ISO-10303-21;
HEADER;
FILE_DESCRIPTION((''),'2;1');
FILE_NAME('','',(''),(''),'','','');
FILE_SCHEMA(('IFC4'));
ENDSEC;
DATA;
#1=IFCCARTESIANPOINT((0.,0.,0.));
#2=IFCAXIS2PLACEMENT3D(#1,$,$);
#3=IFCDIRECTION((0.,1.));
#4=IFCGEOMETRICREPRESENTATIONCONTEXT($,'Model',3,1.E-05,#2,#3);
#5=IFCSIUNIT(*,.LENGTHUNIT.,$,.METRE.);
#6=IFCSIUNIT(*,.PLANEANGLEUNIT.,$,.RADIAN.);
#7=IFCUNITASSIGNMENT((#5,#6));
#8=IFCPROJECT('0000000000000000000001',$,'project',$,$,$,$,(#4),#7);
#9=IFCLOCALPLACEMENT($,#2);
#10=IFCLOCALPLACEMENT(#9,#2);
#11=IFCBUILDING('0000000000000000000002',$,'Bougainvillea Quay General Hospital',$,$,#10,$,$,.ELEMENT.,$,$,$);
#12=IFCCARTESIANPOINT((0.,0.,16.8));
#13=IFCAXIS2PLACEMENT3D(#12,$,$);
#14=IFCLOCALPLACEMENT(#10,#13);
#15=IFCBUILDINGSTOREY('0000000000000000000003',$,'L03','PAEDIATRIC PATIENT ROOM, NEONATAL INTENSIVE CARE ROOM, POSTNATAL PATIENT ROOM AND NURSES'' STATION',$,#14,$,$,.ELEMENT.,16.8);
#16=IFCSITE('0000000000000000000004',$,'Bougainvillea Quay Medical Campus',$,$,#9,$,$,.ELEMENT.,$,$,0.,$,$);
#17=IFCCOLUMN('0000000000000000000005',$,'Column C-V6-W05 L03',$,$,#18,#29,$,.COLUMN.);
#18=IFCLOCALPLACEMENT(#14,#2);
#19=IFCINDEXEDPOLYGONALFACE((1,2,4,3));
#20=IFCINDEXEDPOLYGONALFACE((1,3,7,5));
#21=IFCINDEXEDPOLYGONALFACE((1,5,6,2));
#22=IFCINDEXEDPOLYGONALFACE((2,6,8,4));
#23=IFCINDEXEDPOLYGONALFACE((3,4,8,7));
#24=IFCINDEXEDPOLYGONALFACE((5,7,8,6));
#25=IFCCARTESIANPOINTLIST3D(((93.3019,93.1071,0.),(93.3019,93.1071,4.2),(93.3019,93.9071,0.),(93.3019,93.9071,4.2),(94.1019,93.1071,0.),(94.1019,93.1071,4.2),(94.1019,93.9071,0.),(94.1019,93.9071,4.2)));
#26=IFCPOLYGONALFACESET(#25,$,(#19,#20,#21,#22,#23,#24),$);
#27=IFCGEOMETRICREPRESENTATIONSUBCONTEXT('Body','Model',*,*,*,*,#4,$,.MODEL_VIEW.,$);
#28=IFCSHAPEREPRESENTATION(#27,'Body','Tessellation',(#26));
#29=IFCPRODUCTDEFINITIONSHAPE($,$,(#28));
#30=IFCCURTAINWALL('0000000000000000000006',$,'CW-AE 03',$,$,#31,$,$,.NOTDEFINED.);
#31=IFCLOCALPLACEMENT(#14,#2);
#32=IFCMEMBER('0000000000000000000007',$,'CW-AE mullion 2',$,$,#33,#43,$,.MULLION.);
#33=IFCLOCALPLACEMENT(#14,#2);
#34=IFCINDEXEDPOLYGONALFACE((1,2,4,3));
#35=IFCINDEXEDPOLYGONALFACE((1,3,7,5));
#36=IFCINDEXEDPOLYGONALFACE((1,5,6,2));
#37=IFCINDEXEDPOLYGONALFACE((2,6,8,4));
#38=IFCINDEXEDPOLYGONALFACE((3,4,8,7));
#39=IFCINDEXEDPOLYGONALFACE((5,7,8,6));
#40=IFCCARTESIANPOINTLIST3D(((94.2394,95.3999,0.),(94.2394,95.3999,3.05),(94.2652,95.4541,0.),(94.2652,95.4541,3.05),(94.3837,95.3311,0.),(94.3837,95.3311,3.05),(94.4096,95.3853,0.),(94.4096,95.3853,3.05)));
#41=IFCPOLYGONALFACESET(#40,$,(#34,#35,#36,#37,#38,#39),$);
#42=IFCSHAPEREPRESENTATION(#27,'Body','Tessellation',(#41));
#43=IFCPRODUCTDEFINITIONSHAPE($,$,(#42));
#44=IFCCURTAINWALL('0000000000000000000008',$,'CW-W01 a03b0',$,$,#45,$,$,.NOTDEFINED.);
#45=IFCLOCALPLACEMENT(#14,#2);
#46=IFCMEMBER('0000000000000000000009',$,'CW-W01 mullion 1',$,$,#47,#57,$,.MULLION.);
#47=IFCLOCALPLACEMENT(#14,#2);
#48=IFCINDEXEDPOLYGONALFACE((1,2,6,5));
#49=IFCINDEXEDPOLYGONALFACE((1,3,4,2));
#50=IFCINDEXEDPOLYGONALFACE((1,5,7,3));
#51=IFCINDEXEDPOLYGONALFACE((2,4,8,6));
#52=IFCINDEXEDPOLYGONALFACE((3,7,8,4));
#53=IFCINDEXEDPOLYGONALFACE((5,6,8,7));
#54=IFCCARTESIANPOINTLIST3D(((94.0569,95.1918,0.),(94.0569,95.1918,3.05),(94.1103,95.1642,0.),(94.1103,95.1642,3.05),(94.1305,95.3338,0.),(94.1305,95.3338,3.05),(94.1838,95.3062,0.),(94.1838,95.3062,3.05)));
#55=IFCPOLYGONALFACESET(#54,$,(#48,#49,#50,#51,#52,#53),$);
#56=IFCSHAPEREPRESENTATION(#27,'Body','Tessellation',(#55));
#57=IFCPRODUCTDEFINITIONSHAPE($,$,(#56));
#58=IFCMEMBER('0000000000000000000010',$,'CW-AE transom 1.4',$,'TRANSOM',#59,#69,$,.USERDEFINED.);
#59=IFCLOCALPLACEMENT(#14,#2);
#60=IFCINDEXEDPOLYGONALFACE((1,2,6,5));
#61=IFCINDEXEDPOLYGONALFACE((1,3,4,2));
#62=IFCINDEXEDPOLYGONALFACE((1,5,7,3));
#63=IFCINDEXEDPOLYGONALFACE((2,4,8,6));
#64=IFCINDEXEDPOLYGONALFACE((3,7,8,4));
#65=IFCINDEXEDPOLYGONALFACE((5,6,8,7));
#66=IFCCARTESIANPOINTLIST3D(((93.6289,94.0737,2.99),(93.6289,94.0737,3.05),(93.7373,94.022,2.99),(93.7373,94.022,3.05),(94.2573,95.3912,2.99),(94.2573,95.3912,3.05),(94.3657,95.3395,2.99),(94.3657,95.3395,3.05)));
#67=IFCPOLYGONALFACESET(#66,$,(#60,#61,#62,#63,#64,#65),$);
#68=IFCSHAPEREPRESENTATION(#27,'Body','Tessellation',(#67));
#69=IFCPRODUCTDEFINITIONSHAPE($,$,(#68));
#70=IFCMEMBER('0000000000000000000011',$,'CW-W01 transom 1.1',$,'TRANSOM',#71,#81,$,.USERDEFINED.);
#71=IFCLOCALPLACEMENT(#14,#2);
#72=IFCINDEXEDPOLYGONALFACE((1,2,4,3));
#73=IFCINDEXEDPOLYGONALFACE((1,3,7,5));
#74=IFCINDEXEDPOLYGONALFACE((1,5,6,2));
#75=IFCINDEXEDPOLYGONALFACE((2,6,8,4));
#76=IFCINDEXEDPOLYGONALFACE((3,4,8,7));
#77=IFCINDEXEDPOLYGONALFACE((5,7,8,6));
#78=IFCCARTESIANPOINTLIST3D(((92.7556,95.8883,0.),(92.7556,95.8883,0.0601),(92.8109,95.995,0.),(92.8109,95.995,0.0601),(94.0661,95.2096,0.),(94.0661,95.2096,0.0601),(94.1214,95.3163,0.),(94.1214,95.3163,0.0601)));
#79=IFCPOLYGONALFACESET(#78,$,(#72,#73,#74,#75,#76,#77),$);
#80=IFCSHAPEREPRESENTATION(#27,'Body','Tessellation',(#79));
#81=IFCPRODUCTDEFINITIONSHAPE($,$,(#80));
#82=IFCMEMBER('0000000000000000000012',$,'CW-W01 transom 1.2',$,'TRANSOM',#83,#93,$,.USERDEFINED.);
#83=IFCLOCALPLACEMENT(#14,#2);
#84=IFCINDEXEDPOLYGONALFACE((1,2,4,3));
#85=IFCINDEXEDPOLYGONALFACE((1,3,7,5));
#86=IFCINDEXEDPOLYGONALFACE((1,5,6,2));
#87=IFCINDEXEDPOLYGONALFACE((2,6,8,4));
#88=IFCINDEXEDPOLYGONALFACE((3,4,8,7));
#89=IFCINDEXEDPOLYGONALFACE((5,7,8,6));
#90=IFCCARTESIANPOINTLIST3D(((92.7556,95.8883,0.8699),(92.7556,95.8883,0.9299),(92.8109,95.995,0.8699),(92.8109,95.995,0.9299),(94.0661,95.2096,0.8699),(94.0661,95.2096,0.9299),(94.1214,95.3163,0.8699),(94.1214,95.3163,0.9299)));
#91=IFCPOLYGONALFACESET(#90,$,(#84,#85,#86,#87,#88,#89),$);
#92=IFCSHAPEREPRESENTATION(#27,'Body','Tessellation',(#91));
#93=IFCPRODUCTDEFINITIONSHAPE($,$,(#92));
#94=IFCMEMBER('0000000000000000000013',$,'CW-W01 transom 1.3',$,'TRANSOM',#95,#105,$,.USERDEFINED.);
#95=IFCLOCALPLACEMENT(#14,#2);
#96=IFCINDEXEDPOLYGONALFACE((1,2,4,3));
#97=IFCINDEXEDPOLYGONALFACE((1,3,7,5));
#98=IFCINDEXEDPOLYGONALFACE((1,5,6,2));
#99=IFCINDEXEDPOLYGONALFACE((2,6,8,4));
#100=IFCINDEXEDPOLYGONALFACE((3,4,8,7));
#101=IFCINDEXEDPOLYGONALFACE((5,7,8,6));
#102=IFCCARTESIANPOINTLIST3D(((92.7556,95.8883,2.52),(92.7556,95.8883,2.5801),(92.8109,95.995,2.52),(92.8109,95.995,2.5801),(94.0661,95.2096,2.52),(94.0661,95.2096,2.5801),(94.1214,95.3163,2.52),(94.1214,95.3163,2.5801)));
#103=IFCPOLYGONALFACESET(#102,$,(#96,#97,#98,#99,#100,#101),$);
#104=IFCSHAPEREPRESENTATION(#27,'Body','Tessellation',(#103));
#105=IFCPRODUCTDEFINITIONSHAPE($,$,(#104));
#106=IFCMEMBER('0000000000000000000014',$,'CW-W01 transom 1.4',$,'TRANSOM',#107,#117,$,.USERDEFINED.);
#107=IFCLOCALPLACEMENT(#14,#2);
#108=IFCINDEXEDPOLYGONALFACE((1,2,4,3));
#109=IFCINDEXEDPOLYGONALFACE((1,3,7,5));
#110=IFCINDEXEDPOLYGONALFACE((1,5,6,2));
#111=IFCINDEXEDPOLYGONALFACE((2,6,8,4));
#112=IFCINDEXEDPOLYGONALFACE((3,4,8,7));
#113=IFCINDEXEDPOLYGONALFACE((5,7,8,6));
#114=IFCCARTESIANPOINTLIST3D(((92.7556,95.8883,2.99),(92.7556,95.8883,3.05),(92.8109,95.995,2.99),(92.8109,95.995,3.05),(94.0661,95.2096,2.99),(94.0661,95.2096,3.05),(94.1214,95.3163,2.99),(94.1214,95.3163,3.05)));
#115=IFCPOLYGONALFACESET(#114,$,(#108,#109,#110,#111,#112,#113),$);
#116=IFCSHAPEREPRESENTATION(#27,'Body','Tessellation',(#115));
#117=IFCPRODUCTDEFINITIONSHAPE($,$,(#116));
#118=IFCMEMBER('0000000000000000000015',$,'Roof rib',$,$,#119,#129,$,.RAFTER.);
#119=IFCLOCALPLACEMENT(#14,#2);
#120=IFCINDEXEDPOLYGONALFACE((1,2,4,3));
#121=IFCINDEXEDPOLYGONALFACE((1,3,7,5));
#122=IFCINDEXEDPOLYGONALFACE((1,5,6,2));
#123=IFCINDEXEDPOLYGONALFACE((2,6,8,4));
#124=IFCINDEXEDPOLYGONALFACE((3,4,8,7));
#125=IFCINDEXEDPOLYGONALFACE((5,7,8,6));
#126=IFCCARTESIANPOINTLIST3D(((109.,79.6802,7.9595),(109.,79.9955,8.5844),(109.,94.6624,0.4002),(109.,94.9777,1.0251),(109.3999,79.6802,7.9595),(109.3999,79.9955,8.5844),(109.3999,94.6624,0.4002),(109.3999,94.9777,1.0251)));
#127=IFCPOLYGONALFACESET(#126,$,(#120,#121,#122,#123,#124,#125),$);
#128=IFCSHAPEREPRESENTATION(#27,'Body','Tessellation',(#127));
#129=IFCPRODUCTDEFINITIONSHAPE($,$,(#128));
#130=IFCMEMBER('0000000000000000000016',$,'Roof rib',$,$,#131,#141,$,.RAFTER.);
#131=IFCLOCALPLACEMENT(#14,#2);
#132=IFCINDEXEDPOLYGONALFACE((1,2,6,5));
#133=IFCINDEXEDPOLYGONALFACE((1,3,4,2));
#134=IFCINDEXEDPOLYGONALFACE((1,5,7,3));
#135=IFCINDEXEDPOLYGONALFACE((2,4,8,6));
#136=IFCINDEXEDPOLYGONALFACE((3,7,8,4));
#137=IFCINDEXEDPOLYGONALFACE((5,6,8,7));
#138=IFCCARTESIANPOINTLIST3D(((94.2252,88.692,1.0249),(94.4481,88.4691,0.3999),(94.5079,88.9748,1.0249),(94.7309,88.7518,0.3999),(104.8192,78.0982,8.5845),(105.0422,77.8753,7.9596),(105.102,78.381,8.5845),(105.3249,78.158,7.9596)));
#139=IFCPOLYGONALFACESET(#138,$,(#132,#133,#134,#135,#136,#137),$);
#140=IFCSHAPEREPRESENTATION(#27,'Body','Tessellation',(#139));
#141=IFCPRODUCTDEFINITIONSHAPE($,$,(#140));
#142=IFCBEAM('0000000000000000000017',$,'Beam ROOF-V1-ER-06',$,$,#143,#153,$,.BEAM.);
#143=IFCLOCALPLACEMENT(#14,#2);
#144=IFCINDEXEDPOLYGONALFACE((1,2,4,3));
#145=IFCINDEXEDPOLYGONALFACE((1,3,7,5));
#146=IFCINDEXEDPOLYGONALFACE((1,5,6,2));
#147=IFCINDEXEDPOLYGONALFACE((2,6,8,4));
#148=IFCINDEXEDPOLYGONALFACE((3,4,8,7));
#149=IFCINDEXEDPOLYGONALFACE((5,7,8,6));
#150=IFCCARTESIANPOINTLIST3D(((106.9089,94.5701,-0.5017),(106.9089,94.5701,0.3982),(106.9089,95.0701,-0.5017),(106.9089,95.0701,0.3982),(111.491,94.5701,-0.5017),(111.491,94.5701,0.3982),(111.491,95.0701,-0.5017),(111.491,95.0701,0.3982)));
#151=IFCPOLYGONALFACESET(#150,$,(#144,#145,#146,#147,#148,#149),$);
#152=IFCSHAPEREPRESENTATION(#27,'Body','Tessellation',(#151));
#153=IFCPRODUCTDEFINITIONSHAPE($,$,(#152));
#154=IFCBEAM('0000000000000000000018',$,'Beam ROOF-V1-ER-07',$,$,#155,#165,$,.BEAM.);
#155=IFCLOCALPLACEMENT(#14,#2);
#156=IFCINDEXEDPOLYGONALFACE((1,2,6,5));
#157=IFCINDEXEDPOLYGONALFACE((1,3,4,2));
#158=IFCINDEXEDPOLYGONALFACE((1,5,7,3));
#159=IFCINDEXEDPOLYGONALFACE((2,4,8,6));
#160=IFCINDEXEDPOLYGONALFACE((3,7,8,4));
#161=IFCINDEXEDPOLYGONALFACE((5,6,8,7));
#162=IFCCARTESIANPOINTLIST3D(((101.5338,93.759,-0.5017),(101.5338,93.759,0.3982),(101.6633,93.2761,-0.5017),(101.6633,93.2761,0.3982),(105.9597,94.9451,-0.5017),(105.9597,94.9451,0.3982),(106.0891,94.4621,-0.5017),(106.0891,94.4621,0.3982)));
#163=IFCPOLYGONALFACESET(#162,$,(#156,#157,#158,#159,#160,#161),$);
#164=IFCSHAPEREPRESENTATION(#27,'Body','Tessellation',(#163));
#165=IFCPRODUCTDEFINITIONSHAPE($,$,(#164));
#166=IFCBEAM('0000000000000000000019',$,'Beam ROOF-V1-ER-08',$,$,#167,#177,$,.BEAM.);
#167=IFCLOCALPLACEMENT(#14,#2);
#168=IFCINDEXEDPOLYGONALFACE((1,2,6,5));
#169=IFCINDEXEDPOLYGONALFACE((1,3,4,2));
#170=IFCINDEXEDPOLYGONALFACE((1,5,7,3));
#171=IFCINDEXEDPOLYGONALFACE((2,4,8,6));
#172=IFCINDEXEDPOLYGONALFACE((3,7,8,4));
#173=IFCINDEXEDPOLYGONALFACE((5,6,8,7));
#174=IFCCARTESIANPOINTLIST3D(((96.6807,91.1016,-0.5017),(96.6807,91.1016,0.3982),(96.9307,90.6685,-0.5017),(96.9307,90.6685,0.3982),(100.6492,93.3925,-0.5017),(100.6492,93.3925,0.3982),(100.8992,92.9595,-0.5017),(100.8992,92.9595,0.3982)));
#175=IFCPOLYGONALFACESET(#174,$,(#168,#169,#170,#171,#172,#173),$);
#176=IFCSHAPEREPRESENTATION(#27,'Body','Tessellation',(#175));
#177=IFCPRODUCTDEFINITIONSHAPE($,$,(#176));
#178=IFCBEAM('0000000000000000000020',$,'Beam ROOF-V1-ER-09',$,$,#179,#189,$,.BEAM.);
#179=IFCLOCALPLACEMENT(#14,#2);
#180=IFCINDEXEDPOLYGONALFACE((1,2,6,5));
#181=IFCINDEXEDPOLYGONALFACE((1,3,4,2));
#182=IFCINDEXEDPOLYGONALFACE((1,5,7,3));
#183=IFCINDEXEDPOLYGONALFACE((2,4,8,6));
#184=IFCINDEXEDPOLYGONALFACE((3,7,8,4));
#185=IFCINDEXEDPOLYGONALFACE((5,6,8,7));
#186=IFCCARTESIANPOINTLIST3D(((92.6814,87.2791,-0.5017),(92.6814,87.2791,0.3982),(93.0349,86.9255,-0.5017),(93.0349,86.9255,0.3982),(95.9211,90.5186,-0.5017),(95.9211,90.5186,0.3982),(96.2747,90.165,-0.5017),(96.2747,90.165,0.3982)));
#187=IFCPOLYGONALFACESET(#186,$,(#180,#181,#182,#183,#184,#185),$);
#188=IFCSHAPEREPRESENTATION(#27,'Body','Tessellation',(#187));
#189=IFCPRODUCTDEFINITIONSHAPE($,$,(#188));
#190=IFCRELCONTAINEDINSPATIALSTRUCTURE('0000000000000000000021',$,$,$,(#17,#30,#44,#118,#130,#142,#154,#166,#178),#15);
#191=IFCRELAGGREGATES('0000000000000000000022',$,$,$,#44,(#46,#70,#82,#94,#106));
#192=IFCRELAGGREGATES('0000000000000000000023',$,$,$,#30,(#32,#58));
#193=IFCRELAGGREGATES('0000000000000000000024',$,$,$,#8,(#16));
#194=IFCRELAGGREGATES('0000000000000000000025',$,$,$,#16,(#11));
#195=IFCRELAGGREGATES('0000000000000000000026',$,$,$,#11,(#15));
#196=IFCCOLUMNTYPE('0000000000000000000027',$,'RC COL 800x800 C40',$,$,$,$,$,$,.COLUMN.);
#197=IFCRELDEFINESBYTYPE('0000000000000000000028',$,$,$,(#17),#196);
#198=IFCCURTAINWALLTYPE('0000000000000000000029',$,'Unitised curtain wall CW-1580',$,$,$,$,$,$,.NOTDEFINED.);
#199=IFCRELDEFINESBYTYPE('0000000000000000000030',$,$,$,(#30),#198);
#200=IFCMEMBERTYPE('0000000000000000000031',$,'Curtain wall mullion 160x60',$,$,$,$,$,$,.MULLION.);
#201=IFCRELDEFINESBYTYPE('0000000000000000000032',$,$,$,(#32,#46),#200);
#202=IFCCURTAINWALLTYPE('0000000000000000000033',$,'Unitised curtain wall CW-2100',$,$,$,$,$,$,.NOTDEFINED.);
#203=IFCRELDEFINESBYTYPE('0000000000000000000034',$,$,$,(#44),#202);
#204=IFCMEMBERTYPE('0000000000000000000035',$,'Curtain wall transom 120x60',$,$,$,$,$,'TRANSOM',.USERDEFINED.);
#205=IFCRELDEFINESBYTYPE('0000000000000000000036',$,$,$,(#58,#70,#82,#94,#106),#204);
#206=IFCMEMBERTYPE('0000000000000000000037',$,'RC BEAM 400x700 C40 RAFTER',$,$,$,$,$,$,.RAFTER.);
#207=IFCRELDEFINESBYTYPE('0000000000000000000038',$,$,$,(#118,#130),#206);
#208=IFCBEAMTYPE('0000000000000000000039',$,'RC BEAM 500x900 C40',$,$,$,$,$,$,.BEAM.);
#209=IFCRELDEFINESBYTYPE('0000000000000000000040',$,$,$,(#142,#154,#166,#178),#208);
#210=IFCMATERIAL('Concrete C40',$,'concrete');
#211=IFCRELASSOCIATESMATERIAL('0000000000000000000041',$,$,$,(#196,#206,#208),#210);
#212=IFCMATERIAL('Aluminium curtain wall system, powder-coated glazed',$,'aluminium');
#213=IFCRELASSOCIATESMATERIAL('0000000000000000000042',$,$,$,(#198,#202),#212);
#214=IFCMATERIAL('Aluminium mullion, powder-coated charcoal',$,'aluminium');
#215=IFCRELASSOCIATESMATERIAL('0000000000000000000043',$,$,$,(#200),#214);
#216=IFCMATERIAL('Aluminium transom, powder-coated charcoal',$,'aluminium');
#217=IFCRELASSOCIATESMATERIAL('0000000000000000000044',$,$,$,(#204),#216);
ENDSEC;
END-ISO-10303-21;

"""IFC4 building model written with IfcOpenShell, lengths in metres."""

from ifc_helpers import new_model, si_unit, direction, frame, origin, origin_2d, place, context, subcontext, project, spatial, rectangle, extrude, material, material_profile, profile_set, type_object, element, aggregate, save


model = new_model("IFC4")

# Units and contexts
model_context = context("Model", 3, precision=1e-05, world=origin(), true_north=direction((0.0, 1.0)))
body_context = subcontext(model_context, "Body", "Model", "MODEL_VIEW")
ifc_project = project(units=[si_unit("LENGTHUNIT", "METRE"), si_unit("PLANEANGLEUNIT", "RADIAN")], contexts=[model_context])

# Site, building, storey
site_placement = place(None, origin())
site = spatial("IfcSite", under=ifc_project, at=site_placement, Name="Bougainvillea Quay Medical Campus", CompositionType="ELEMENT", RefElevation=0.0)
building_placement = place(site_placement, origin())
building = spatial("IfcBuilding", under=site, at=building_placement, Name="Bougainvillea Quay General Hospital", CompositionType="ELEMENT")
storey_placement = place(building_placement, frame((0.0, 0.0, 16.8)))
storey = spatial("IfcBuildingStorey", under=building, at=storey_placement, Name="L03", Description="PAEDIATRIC PATIENT ROOM, NEONATAL INTENSIVE CARE ROOM, POSTNATAL PATIENT ROOM AND NURSES' STATION", CompositionType="ELEMENT", Elevation=16.8)

# Column
ifc_material_1 = material(Name="Concrete C40", Category="concrete")
ifc_material_profile_1 = material_profile(ifc_material_1, rectangle(XDim=0.8, YDim=0.8, at=origin_2d()))
ifc_profile_set_1 = profile_set([ifc_material_profile_1], Name="Concrete C40")
column_type = type_object("IfcColumnType", Name="RC COL 800x800 C40", PredefinedType="COLUMN", material=ifc_profile_set_1)
column_placement = place(storey_placement, frame((93.7019, 93.5071, 0.0), z_axis=(0.0, 0.0, 1.0), x_axis=(1.0, 0.0, 0.0)))
element("IfcColumn", 1, at=column_placement, inside=storey, type_object=column_type, Name="Column C-V6-W05 L03", PredefinedType="COLUMN", context=body_context, shape_type="SweptSolid", body=[
    extrude(rectangle(XDim=0.8, YDim=0.8, at=origin_2d()), origin(), (0.0, 0.0, 1.0), 4.2),
])

# Curtain walls, members
ifc_material_2 = material(Name="Aluminium curtain wall system, powder-coated glazed", Category="aluminium")
curtain_wall_type_1 = type_object("IfcCurtainWallType", Name="Unitised curtain wall CW-1580", PredefinedType="NOTDEFINED", material=ifc_material_2)
curtain_wall_1_placement = place(storey_placement, origin())
curtain_wall_1 = element("IfcCurtainWall", 2, at=curtain_wall_1_placement, inside=storey, type_object=curtain_wall_type_1, Name="CW-AE 03", PredefinedType="NOTDEFINED")
ifc_material_3 = material(Name="Aluminium mullion, powder-coated charcoal", Category="aluminium")
ifc_material_profile_2 = material_profile(ifc_material_3, rectangle(XDim=0.1599, YDim=0.0601, at=origin_2d()))
ifc_profile_set_2 = profile_set([ifc_material_profile_2], Name="Aluminium mullion, powder-coated charcoal")
member_type_1 = type_object("IfcMemberType", Name="Curtain wall mullion 160x60", PredefinedType="MULLION", material=ifc_profile_set_2)
member_1_placement = place(storey_placement, frame((94.3245, 95.3926, 0.0), z_axis=(0.0, 0.0, 1.0), x_axis=(-0.902578, 0.430525, 0.0)))
member_1 = element("IfcMember", 3, at=member_1_placement, type_object=member_type_1, Name="CW-AE mullion 2", PredefinedType="MULLION", context=body_context, shape_type="SweptSolid", body=[
    extrude(rectangle(XDim=0.1599, YDim=0.0601, at=origin_2d()), origin(), (0.0, 0.0, 1.0), 3.05),
])
curtain_wall_type_2 = type_object("IfcCurtainWallType", Name="Unitised curtain wall CW-2100", PredefinedType="NOTDEFINED", material=ifc_material_2)
curtain_wall_2_placement = place(storey_placement, origin())
curtain_wall_2 = element("IfcCurtainWall", 4, at=curtain_wall_2_placement, inside=storey, type_object=curtain_wall_type_2, Name="CW-W01 a03b0", PredefinedType="NOTDEFINED")
member_2_placement = place(storey_placement, frame((94.1204, 95.249, 0.0), z_axis=(0.0, 0.0, 1.0), x_axis=(-0.459924, -0.887958, 0.0)))
member_2 = element("IfcMember", 5, at=member_2_placement, type_object=member_type_1, Name="CW-W01 mullion 1", PredefinedType="MULLION", context=body_context, shape_type="SweptSolid", body=[
    extrude(rectangle(XDim=0.1599, YDim=0.0601, at=origin_2d()), origin(), (0.0, 0.0, 1.0), 3.05),
])

# Members
ifc_material_4 = material(Name="Aluminium transom, powder-coated charcoal", Category="aluminium")
ifc_material_profile_3 = material_profile(ifc_material_4, rectangle(XDim=0.1201, YDim=0.0601, at=origin_2d()))
ifc_profile_set_3 = profile_set([ifc_material_profile_3], Name="Aluminium transom, powder-coated charcoal")
member_type_2 = type_object("IfcMemberType", Name="Curtain wall transom 120x60", ElementType="TRANSOM", PredefinedType="USERDEFINED", material=ifc_profile_set_3)
member_3_placement = place(storey_placement, frame((93.6831, 94.0479, 3.02), z_axis=(0.430479, 0.902601, 0.0), x_axis=(-0.902601, 0.430479, 0.0)))
member_3 = element("IfcMember", 6, at=member_3_placement, type_object=member_type_2, Name="CW-AE transom 1.4", ObjectType="TRANSOM", PredefinedType="USERDEFINED", context=body_context, shape_type="SweptSolid", body=[
    extrude(rectangle(XDim=0.1201, YDim=0.0601, at=origin_2d()), origin(), (0.0, 0.0, 1.0), 1.4597),
])
member_4_placement = place(storey_placement, frame((94.0938, 95.2629, 0.03), z_axis=(-0.887985, 0.459873, 0.0), x_axis=(-0.459873, -0.887985, 0.0)))
member_4 = element("IfcMember", 7, at=member_4_placement, type_object=member_type_2, Name="CW-W01 transom 1.1", ObjectType="TRANSOM", PredefinedType="USERDEFINED", context=body_context, shape_type="SweptSolid", body=[
    extrude(rectangle(XDim=0.1201, YDim=0.0601, at=origin_2d()), origin(), (0.0, 0.0, 1.0), 1.4758),
])
member_5_placement = place(storey_placement, frame((94.0938, 95.2629, 0.8999), z_axis=(-0.887985, 0.459873, 0.0), x_axis=(-0.459873, -0.887985, 0.0)))
member_5 = element("IfcMember", 8, at=member_5_placement, type_object=member_type_2, Name="CW-W01 transom 1.2", ObjectType="TRANSOM", PredefinedType="USERDEFINED", context=body_context, shape_type="SweptSolid", body=[
    extrude(rectangle(XDim=0.1201, YDim=0.0601, at=origin_2d()), origin(), (0.0, 0.0, 1.0), 1.4758),
])
member_6_placement = place(storey_placement, frame((94.0938, 95.2629, 2.55), z_axis=(-0.887985, 0.459873, 0.0), x_axis=(-0.459873, -0.887985, 0.0)))
member_6 = element("IfcMember", 9, at=member_6_placement, type_object=member_type_2, Name="CW-W01 transom 1.3", ObjectType="TRANSOM", PredefinedType="USERDEFINED", context=body_context, shape_type="SweptSolid", body=[
    extrude(rectangle(XDim=0.1201, YDim=0.0601, at=origin_2d()), origin(), (0.0, 0.0, 1.0), 1.4758),
])
member_7_placement = place(storey_placement, frame((94.0938, 95.2629, 3.02), z_axis=(-0.887985, 0.459873, 0.0), x_axis=(-0.459873, -0.887985, 0.0)))
member_7 = element("IfcMember", 10, at=member_7_placement, type_object=member_type_2, Name="CW-W01 transom 1.4", ObjectType="TRANSOM", PredefinedType="USERDEFINED", context=body_context, shape_type="SweptSolid", body=[
    extrude(rectangle(XDim=0.1201, YDim=0.0601, at=origin_2d()), origin(), (0.0, 0.0, 1.0), 1.4758),
])
aggregate(curtain_wall_2, [member_2, member_4, member_5, member_6, member_7])

# Members
ifc_material_profile_4 = material_profile(ifc_material_1, rectangle(XDim=0.3999, YDim=0.7, at=origin_2d()))
ifc_profile_set_4 = profile_set([ifc_material_profile_4], Name="Concrete C40")
member_type_3 = type_object("IfcMemberType", Name="RC BEAM 400x700 C40 RAFTER", PredefinedType="RAFTER", material=ifc_profile_set_4)
for number, where, z_axis, x_axis, name in (
    (11, (109.2, 94.8201, 0.7126), (0.0, -0.892795, 0.450464), (1.0, 0.0, 0.0), "Roof rib"),
    (12, (94.478, 88.7219, 0.7124), (0.631303, -0.631288, 0.45048), (0.707099, 0.707115, 0.0), "Roof rib"),
):
    element("IfcMember", number, at=place(storey_placement, frame(where, z_axis=z_axis, x_axis=x_axis)), inside=storey, type_object=member_type_3, Name=name, PredefinedType="RAFTER", context=body_context, shape_type="SweptSolid", body=[
        extrude(rectangle(XDim=0.3999, YDim=0.7, at=origin_2d()), origin(), (0.0, 0.0, 1.0), 16.7812),
    ])

# Beams
ifc_material_profile_5 = material_profile(ifc_material_1, rectangle(XDim=0.5, YDim=0.8999, at=origin_2d()))
ifc_profile_set_5 = profile_set([ifc_material_profile_5], Name="Concrete C40")
beam_type = type_object("IfcBeamType", Name="RC BEAM 500x900 C40", PredefinedType="BEAM", material=ifc_profile_set_5)
for number, where, z_axis, x_axis, name in (
    (13, (111.491, 94.8201, -0.0518), (-1.0, 0.0, 0.0), (0.0, -1.0, 0.0), "Beam ROOF-V1-ER-06"),
    (14, (106.0244, 94.7036, -0.0518), (-0.965918, -0.25885, 0.0), (0.25885, -0.965918, 0.0), "Beam ROOF-V1-ER-07"),
):
    element("IfcBeam", number, at=place(storey_placement, frame(where, z_axis=z_axis, x_axis=x_axis)), inside=storey, type_object=beam_type, Name=name, PredefinedType="BEAM", context=body_context, shape_type="SweptSolid", body=[
        extrude(rectangle(XDim=0.5, YDim=0.8999, at=origin_2d()), origin(), (0.0, 0.0, 1.0), 4.582),
    ])
beam_1_placement = place(storey_placement, frame((100.7742, 93.176, -0.0518), z_axis=(-0.866045, -0.499967, 0.0), x_axis=(0.499967, -0.866045, 0.0)))
element("IfcBeam", 15, at=beam_1_placement, inside=storey, type_object=beam_type, Name="Beam ROOF-V1-ER-08", PredefinedType="BEAM", context=body_context, shape_type="SweptSolid", body=[
    extrude(rectangle(XDim=0.5, YDim=0.8999, at=origin_2d()), origin(), (0.0, 0.0, 1.0), 4.5823),
])
beam_2_placement = place(storey_placement, frame((96.0979, 90.3418, -0.0518), z_axis=(-0.707133, -0.70708, 0.0), x_axis=(0.70708, -0.707133, 0.0)))
element("IfcBeam", 16, at=beam_2_placement, inside=storey, type_object=beam_type, Name="Beam ROOF-V1-ER-09", PredefinedType="BEAM", context=body_context, shape_type="SweptSolid", body=[
    extrude(rectangle(XDim=0.5, YDim=0.8999, at=origin_2d()), origin(), (0.0, 0.0, 1.0), 4.5815),
])

aggregate(curtain_wall_1, [member_1, member_3])

save(model, "model.ifc")
